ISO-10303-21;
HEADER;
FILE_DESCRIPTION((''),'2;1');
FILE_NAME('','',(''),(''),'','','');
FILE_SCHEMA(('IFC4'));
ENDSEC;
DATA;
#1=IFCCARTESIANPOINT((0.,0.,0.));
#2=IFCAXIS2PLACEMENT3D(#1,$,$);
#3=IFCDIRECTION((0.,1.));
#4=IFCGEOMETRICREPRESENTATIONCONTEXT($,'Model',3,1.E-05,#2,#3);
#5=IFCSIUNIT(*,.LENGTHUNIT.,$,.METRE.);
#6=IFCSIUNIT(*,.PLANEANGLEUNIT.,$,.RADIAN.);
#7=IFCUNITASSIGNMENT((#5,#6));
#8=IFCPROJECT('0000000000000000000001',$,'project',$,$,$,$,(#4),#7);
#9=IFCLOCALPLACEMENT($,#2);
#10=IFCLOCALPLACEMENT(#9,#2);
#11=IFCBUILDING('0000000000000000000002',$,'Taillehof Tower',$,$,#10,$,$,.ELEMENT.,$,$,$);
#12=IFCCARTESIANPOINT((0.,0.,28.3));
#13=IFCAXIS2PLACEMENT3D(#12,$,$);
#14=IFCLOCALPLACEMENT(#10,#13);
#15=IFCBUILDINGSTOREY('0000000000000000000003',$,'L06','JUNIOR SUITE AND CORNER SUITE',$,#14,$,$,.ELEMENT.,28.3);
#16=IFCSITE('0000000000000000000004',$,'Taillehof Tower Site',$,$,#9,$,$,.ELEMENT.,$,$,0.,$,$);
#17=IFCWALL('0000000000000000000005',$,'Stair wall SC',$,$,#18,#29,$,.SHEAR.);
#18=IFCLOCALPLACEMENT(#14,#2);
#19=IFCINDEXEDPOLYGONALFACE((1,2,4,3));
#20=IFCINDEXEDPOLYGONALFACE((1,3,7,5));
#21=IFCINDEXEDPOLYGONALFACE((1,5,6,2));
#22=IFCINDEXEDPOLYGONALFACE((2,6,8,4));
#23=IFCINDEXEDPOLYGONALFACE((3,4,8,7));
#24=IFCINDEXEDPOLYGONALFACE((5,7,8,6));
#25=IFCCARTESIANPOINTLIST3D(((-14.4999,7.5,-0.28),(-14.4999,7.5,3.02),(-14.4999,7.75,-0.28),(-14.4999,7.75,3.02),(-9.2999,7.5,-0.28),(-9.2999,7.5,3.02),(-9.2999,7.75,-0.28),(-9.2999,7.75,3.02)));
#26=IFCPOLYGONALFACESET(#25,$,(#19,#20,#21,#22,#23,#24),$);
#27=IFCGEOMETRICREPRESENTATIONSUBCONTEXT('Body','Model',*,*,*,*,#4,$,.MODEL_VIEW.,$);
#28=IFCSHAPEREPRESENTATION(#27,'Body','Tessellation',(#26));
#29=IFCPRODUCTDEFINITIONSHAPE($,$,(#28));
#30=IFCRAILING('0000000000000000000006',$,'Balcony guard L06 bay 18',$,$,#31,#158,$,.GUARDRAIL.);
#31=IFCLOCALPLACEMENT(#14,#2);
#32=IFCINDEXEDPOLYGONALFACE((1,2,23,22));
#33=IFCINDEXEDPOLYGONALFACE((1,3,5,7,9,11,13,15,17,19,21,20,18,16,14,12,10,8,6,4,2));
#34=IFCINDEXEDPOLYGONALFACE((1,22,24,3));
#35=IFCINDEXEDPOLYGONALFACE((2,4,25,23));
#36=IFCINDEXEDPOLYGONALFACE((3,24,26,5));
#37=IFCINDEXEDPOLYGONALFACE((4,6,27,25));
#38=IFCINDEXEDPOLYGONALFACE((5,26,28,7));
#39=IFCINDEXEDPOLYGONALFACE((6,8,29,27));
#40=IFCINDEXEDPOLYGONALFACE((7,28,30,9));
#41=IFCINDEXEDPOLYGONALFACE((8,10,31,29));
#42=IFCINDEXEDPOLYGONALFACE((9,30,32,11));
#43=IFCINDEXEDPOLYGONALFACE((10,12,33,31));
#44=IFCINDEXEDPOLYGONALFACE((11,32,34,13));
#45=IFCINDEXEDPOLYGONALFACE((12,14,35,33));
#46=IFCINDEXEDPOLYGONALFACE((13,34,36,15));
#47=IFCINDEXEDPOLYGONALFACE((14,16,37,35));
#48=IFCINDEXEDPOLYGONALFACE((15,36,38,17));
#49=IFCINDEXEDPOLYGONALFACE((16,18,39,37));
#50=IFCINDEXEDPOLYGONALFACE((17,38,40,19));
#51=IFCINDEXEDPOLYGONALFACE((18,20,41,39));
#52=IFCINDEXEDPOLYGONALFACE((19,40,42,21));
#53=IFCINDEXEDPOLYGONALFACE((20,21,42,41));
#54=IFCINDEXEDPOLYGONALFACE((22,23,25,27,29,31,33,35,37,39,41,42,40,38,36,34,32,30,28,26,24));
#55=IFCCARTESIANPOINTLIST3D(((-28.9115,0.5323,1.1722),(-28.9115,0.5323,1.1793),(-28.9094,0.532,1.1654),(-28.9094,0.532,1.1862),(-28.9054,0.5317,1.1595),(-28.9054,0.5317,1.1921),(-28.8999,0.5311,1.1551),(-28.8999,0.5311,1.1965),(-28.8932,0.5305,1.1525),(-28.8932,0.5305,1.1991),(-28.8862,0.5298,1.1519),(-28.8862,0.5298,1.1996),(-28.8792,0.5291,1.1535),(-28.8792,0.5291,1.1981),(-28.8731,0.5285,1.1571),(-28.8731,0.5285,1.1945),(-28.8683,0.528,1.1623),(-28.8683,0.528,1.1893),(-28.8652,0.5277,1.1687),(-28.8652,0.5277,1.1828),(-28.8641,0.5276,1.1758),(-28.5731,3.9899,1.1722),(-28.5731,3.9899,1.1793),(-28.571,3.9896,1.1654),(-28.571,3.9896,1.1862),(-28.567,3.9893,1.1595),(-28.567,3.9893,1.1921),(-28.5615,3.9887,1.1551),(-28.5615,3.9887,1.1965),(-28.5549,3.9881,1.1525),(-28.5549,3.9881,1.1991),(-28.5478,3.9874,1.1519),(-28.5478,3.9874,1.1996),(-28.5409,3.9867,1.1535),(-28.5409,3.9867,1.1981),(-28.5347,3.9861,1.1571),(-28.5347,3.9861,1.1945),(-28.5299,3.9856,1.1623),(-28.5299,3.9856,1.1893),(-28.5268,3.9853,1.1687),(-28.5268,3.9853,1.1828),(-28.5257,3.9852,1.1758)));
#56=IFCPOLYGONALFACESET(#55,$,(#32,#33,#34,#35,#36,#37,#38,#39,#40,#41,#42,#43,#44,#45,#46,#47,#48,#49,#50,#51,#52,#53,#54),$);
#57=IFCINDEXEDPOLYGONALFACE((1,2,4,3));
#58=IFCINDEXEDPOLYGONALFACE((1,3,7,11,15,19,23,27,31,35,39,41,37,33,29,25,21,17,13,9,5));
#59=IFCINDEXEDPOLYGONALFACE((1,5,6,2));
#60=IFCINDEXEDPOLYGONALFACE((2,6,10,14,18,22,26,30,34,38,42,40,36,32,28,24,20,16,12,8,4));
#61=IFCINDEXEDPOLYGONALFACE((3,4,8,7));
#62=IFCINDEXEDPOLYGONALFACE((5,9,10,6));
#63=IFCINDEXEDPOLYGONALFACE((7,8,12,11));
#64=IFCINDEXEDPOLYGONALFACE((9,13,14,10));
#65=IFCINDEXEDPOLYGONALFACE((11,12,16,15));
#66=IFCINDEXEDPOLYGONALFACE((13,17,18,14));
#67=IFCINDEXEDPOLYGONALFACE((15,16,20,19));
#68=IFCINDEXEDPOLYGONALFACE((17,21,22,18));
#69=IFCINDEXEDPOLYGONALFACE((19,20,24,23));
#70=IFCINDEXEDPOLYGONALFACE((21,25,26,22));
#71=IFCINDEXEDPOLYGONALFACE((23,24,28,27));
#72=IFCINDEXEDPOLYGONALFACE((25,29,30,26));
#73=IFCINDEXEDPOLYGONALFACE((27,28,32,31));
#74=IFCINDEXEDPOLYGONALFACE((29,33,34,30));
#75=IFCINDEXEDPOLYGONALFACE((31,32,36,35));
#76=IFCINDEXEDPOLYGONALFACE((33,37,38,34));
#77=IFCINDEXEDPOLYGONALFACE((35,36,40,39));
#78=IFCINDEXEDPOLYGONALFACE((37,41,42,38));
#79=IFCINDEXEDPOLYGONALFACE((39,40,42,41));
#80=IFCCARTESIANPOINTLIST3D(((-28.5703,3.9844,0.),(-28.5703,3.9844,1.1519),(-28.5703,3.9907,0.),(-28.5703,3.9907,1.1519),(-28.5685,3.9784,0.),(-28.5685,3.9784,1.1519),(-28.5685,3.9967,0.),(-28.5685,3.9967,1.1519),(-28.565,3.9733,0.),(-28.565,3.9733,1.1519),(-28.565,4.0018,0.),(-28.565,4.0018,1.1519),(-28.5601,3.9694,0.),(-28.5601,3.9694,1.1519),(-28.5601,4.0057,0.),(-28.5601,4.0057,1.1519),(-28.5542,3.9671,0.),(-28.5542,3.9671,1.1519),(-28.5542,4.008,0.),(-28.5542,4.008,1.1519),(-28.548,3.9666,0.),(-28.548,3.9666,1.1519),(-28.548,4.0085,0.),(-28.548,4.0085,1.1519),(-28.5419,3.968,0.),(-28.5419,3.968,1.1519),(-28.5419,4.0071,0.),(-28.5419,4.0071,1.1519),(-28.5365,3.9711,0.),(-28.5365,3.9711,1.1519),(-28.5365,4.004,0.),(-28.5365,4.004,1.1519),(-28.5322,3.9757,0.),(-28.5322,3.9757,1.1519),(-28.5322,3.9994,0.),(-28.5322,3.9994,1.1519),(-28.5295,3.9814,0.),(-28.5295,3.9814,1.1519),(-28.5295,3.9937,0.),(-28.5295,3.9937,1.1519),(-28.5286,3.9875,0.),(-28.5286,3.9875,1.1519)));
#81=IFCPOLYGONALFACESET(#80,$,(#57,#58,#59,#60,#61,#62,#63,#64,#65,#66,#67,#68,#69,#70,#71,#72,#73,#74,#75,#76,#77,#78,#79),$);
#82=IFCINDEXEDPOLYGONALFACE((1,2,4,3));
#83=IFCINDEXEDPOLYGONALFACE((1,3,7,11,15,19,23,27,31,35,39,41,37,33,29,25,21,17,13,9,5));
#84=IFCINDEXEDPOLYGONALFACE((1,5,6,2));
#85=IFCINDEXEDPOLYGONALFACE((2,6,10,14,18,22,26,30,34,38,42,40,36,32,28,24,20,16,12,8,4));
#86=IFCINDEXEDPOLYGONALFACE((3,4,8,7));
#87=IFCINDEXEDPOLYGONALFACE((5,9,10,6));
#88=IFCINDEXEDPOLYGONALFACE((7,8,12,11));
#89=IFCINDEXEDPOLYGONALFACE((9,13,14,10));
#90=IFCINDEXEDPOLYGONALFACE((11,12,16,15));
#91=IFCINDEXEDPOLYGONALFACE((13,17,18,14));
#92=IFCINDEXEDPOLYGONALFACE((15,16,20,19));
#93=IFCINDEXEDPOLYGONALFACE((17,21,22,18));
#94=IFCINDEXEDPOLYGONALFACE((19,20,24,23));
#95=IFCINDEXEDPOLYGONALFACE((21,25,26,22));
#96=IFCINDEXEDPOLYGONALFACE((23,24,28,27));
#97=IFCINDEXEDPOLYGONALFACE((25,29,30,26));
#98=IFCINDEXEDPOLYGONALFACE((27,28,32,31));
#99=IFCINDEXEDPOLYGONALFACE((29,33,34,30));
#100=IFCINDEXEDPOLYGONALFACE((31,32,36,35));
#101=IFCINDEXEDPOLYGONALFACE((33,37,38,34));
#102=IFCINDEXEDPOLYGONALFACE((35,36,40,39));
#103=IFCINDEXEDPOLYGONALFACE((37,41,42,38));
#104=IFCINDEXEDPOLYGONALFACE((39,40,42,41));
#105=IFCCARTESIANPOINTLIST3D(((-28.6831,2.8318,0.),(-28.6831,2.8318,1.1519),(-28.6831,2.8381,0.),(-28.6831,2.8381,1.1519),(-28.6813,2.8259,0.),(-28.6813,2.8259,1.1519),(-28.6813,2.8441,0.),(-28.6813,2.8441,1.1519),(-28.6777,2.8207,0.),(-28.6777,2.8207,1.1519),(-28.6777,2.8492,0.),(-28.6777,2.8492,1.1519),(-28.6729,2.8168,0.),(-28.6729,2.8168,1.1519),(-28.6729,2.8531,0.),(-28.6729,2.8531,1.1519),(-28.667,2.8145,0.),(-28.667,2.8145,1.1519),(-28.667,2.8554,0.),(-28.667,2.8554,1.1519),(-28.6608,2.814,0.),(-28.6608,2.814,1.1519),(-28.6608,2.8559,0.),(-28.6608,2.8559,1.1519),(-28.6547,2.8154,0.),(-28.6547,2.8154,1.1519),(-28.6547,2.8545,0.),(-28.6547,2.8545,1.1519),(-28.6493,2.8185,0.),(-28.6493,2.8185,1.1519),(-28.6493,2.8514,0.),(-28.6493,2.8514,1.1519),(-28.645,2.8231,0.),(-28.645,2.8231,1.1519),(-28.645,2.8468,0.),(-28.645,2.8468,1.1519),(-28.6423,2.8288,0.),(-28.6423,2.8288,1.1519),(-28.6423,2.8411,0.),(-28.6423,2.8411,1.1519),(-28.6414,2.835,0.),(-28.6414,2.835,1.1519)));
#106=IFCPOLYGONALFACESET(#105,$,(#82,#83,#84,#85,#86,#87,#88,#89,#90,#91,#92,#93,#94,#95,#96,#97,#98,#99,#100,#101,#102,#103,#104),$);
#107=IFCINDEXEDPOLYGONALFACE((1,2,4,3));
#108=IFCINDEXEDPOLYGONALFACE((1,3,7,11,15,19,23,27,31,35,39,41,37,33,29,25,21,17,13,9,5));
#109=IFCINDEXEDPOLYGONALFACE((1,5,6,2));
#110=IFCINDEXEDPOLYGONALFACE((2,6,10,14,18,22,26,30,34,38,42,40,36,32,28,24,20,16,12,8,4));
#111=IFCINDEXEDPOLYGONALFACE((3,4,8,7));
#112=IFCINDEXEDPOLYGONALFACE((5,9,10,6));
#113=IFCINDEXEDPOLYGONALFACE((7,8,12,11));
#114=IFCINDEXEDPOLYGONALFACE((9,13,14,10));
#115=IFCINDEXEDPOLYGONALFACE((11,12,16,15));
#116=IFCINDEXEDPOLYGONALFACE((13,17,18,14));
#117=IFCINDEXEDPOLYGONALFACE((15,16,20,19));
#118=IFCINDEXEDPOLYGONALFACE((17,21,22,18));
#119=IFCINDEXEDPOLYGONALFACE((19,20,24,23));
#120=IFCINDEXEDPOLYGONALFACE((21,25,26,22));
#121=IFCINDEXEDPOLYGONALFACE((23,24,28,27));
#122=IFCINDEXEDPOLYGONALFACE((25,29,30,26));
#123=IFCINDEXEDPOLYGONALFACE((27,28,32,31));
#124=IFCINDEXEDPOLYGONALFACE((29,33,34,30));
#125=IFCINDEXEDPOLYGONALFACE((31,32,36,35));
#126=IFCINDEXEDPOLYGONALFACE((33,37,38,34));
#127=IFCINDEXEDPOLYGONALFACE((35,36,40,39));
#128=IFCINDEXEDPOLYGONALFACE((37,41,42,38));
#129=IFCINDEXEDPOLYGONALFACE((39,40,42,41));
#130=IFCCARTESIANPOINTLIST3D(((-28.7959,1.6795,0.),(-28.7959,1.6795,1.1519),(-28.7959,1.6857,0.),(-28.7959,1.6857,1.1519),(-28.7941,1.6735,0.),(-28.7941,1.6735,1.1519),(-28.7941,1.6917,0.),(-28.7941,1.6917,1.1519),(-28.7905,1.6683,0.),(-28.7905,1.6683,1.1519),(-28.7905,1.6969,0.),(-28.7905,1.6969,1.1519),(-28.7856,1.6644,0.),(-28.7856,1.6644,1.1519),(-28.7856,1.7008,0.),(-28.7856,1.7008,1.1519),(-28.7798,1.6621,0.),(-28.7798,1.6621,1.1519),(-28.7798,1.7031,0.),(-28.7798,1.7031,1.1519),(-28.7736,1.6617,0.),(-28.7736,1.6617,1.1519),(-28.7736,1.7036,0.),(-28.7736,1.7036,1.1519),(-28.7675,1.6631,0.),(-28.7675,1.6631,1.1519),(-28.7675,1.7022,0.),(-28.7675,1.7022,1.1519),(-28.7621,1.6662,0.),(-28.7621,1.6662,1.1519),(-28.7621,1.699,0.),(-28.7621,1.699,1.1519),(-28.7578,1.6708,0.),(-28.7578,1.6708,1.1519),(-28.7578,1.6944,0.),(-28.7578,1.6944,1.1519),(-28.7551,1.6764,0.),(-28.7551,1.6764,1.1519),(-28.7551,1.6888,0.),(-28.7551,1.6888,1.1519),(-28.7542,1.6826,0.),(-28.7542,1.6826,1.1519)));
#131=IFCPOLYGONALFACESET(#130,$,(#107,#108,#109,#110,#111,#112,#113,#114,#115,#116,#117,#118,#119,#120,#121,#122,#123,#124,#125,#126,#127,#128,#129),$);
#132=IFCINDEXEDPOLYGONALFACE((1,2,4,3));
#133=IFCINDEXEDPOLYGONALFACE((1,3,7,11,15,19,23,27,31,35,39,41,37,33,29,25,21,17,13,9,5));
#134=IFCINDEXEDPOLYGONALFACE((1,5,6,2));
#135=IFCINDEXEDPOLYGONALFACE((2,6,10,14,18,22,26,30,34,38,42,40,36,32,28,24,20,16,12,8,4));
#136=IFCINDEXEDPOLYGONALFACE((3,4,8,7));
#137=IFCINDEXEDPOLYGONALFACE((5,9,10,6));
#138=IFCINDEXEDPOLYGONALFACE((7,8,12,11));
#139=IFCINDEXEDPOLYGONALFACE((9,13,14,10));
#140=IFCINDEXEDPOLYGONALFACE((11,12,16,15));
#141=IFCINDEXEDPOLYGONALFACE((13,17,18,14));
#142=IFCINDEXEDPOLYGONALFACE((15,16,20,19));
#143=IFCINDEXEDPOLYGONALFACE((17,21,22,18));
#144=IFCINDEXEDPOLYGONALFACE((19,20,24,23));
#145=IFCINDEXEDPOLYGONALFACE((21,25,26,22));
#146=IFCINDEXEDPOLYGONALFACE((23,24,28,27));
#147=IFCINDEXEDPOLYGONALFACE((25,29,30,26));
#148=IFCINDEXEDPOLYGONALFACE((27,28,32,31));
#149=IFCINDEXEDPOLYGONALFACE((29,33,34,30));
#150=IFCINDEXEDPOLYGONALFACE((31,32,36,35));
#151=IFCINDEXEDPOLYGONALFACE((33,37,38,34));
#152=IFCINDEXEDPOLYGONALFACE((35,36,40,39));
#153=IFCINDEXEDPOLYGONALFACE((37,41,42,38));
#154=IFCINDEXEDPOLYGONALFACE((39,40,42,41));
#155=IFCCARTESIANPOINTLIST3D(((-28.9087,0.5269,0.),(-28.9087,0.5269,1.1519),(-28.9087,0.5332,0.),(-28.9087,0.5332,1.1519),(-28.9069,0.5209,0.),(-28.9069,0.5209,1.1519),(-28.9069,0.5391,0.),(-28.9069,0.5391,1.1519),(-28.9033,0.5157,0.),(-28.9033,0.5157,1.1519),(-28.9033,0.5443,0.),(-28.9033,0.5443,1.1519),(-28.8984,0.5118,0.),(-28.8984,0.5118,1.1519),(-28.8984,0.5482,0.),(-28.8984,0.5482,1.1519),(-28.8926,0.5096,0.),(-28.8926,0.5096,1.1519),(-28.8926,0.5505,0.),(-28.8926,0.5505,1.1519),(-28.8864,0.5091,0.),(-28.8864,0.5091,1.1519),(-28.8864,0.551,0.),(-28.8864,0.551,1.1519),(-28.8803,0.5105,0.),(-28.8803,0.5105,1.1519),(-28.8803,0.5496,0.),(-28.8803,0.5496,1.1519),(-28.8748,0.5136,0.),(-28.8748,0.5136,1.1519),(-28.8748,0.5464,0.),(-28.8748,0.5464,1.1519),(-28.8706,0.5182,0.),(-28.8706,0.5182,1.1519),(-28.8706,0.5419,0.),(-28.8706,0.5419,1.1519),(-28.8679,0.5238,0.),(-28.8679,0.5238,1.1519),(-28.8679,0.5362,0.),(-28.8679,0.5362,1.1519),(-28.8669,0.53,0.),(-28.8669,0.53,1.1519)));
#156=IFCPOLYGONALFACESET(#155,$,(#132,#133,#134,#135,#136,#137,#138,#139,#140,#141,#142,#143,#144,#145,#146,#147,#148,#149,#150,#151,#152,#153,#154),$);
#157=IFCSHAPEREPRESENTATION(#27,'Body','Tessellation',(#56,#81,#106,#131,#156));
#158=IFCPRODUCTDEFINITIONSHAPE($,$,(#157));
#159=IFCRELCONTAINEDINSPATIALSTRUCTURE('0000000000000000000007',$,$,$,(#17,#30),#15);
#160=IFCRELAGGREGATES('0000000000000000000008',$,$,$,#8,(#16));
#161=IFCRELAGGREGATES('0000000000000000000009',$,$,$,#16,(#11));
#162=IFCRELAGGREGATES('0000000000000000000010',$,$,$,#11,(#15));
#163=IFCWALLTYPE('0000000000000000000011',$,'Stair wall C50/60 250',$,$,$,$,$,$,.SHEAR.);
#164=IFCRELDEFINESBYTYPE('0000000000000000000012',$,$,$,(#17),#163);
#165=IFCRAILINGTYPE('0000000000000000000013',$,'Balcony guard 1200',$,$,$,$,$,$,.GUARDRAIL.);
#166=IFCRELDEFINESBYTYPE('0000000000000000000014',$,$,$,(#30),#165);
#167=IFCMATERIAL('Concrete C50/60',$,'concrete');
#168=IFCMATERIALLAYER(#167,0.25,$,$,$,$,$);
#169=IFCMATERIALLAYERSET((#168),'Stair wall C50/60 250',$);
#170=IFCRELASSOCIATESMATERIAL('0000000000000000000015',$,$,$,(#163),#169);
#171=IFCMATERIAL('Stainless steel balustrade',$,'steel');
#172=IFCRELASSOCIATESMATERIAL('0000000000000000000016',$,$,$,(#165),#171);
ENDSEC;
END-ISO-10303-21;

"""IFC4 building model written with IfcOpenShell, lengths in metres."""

from ifc_helpers import new_model, si_unit, direction, frame, frame_2d, origin, origin_2d, place, context, subcontext, project, spatial, rectangle, circle, extrude, material, layer, layer_set, type_object, element, save


model = new_model("IFC4")

# Units and contexts
model_context = context("Model", 3, precision=1e-05, world=origin(), true_north=direction((0.0, 1.0)))
body_context = subcontext(model_context, "Body", "Model", "MODEL_VIEW")
ifc_project = project(units=[si_unit("LENGTHUNIT", "METRE"), si_unit("PLANEANGLEUNIT", "RADIAN")], contexts=[model_context])

# Site, building, storey
site_placement = place(None, origin())
site = spatial("IfcSite", under=ifc_project, at=site_placement, Name="Taillehof Tower Site", CompositionType="ELEMENT", RefElevation=0.0)
building_placement = place(site_placement, origin())
building = spatial("IfcBuilding", under=site, at=building_placement, Name="Taillehof Tower", CompositionType="ELEMENT")
storey_placement = place(building_placement, frame((0.0, 0.0, 28.3)))
storey = spatial("IfcBuildingStorey", under=building, at=storey_placement, Name="L06", Description="JUNIOR SUITE AND CORNER SUITE", CompositionType="ELEMENT", Elevation=28.3)

# Wall
ifc_material_1 = material(Name="Concrete C50/60", Category="concrete")
ifc_layer_1 = layer(ifc_material_1, 0.25)
ifc_layer_set_1 = layer_set([ifc_layer_1], Name="Stair wall C50/60 250")
wall_type_1 = type_object("IfcWallType", Name="Stair wall C50/60 250", PredefinedType="SHEAR", material=ifc_layer_set_1)
wall_1_placement = place(storey_placement, frame((-14.5, 7.625, -0.28), z_axis=(0.0, 0.0, 1.0), x_axis=(1.0, 0.0, 0.0)))
element("IfcWall", 1, at=wall_1_placement, inside=storey, type_object=wall_type_1, Name="Stair wall SC", PredefinedType="SHEAR", context=body_context, shape_type="SweptSolid", body=[
    extrude(rectangle(XDim=5.2, YDim=0.25, at=frame_2d((2.6001, 0.0))), origin(), (0.0, 0.0, 1.0), 3.3),
])

# Railing
ifc_material_2 = material(Name="Stainless steel balustrade", Category="steel")
railing_type = type_object("IfcRailingType", Name="Balcony guard 1200", PredefinedType="GUARDRAIL", material=ifc_material_2)
railing_placement = place(storey_placement, frame((-28.5496, 3.9875, 0.0)))
element("IfcRailing", 2, at=railing_placement, inside=storey, type_object=railing_type, Name="Balcony guard L06 bay 18", PredefinedType="GUARDRAIL", context=body_context, shape_type="SweptSolid", body=[
    extrude(circle(Radius=0.0239, at=origin_2d()), frame((0.0, 0.0, 1.1758), z_axis=(-0.097402, -0.995245, 0.0), x_axis=(0.995245, -0.097402, 0.0)), (0.0, 0.0, 1.0), 3.4741),
    extrude(circle(Radius=0.021, at=origin_2d()), origin(), (0.0, 0.0, 1.0), 1.1519),
    extrude(circle(Radius=0.021, at=origin_2d()), frame((-0.1128, -1.1526, 0.0)), (0.0, 0.0, 1.0), 1.1519),
    extrude(circle(Radius=0.021, at=origin_2d()), frame((-0.2256, -2.3049, 0.0)), (0.0, 0.0, 1.0), 1.1519),
    extrude(circle(Radius=0.021, at=origin_2d()), frame((-0.3384, -3.4575, 0.0)), (0.0, 0.0, 1.0), 1.1519),
])

save(model, "model.ifc")
